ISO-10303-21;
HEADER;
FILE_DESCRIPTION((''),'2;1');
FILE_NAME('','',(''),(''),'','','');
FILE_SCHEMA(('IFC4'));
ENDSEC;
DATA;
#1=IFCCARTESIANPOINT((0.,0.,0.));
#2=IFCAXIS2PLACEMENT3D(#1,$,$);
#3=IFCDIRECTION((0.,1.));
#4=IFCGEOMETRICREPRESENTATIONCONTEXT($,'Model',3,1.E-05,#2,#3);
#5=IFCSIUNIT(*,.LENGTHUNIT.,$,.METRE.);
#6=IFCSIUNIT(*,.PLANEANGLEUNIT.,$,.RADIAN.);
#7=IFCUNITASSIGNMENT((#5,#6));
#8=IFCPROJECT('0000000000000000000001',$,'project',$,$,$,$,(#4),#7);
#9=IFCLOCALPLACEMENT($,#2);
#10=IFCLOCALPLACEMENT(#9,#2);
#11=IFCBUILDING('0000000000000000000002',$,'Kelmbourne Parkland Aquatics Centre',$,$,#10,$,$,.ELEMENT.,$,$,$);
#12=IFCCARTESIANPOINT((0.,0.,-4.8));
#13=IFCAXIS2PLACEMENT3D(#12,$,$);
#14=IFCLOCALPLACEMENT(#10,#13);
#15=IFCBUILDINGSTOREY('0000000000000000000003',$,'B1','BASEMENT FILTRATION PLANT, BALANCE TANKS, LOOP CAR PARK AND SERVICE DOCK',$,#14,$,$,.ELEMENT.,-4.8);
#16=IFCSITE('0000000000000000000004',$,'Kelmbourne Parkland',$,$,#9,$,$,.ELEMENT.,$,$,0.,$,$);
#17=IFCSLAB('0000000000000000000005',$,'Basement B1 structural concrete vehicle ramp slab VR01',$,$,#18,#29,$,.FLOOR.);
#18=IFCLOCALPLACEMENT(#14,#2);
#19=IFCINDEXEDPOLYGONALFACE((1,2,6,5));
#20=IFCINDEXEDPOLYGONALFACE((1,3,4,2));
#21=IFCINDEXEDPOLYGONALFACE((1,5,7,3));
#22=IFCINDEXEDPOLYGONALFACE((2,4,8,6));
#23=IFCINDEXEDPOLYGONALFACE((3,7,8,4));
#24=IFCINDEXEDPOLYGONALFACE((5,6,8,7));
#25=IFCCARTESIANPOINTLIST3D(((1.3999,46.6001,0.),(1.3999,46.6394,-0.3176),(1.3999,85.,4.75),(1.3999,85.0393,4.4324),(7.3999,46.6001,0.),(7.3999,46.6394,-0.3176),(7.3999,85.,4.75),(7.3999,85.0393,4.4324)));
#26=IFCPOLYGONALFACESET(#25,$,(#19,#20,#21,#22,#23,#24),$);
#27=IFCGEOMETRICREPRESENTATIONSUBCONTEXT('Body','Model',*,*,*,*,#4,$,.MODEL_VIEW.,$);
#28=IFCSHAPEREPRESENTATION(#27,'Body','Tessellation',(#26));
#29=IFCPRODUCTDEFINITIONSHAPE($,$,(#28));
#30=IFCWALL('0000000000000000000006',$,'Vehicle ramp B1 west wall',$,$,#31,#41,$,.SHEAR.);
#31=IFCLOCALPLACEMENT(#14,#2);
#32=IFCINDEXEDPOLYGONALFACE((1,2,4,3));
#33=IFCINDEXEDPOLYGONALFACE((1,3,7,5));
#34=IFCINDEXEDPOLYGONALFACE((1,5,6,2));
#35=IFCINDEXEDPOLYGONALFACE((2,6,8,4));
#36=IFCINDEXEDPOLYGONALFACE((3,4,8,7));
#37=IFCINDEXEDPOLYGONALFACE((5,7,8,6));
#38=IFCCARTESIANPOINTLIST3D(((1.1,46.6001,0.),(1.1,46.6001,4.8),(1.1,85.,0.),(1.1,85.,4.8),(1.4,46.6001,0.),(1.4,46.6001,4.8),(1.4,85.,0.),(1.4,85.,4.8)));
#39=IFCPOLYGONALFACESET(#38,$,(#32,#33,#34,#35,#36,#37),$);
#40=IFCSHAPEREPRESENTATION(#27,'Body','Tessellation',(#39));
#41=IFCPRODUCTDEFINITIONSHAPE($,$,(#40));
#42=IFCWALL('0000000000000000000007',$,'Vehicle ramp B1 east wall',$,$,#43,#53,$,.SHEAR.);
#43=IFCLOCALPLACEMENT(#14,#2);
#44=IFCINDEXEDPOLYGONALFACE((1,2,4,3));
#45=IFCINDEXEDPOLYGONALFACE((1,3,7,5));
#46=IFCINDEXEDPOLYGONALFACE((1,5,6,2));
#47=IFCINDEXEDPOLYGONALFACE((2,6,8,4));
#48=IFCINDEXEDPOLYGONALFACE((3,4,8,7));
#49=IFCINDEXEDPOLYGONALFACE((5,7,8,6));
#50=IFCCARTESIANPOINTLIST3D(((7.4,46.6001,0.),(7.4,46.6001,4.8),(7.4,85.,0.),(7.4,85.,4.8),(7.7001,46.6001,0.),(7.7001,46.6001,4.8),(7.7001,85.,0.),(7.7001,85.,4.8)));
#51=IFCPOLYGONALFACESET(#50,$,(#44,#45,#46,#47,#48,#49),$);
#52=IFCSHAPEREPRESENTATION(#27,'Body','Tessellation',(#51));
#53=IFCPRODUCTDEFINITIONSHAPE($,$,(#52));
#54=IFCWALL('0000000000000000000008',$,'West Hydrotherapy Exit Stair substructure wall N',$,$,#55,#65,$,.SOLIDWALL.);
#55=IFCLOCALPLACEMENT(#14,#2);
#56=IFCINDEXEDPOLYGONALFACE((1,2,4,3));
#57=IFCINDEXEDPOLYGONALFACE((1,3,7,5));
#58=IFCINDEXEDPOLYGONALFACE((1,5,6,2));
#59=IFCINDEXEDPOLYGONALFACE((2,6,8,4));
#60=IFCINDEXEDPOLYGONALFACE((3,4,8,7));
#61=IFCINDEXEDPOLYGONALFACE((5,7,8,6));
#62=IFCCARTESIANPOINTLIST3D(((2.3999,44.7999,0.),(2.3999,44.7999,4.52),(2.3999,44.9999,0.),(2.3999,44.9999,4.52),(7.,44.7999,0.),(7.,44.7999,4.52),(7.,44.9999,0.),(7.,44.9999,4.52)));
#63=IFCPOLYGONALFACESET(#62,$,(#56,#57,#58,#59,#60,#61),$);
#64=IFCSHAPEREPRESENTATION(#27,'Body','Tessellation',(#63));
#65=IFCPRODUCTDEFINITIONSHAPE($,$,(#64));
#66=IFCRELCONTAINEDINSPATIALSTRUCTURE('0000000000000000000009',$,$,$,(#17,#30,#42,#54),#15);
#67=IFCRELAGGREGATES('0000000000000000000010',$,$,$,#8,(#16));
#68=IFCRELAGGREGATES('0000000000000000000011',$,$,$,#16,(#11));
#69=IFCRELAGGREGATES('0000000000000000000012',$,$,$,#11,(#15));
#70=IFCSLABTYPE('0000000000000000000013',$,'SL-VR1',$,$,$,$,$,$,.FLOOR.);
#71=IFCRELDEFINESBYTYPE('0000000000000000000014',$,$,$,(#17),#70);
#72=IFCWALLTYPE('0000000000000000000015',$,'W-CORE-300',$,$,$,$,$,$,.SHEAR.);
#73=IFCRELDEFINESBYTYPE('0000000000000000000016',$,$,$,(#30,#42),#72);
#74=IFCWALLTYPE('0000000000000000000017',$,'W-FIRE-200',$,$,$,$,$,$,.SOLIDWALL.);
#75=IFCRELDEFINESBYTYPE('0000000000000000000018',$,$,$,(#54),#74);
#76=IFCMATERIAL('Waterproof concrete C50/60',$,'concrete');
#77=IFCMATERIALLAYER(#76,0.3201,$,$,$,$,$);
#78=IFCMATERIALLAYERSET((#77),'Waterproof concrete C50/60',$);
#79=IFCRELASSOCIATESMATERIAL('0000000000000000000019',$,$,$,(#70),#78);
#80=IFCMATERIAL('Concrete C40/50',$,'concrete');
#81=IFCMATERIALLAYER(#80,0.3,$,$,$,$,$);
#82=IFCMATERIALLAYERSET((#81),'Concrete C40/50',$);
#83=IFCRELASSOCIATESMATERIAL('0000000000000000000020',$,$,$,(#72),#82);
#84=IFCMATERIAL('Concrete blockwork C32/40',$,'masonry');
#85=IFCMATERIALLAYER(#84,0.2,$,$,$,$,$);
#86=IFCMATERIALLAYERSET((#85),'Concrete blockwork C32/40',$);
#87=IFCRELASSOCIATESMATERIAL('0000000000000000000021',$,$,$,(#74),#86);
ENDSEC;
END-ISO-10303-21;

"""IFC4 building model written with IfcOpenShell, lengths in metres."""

from ifc_helpers import new_model, si_unit, direction, frame, frame_2d, origin, place, context, subcontext, project, spatial, polyline, rectangle, outline, extrude, material, layer, layer_set, type_object, element, save


model = new_model("IFC4")

# Units and contexts
model_context = context("Model", 3, precision=1e-05, world=origin(), true_north=direction((0.0, 1.0)))
body_context = subcontext(model_context, "Body", "Model", "MODEL_VIEW")
ifc_project = project(units=[si_unit("LENGTHUNIT", "METRE"), si_unit("PLANEANGLEUNIT", "RADIAN")], contexts=[model_context])

# Site, building, storey
site_placement = place(None, origin())
site = spatial("IfcSite", under=ifc_project, at=site_placement, Name="Kelmbourne Parkland", CompositionType="ELEMENT", RefElevation=0.0)
building_placement = place(site_placement, origin())
building = spatial("IfcBuilding", under=site, at=building_placement, Name="Kelmbourne Parkland Aquatics Centre", CompositionType="ELEMENT")
storey_placement = place(building_placement, frame((0.0, 0.0, -4.8)))
storey = spatial("IfcBuildingStorey", under=building, at=storey_placement, Name="B1", Description="BASEMENT FILTRATION PLANT, BALANCE TANKS, LOOP CAR PARK AND SERVICE DOCK", CompositionType="ELEMENT", Elevation=-4.8)

# Shared definitions
ifc_material_1 = material(Name="Waterproof concrete C50/60", Category="concrete")

# Shared definitions
ifc_material_2 = material(Name="Concrete C40/50", Category="concrete")

# Slab
ifc_layer_1 = layer(ifc_material_1, 0.3201)
ifc_layer_set_1 = layer_set([ifc_layer_1], Name="Waterproof concrete C50/60")
slab_type = type_object("IfcSlabType", Name="SL-VR1", PredefinedType="FLOOR", material=ifc_layer_set_1)
slab_placement = place(storey_placement, frame((1.3999, 46.6001, 0.0), z_axis=(0.0, -0.122763, 0.992436), x_axis=(1.0, 0.0, 0.0)))
element("IfcSlab", 1, at=slab_placement, inside=storey, type_object=slab_type, Name="Basement B1 structural concrete vehicle ramp slab VR01", PredefinedType="FLOOR", context=body_context, shape_type="SweptSolid", body=[
    extrude(outline(polyline([(0.0, 0.0), (6.0, 0.0), (6.0, 38.6926), (0.0, 38.6926), (0.0, 0.0)])), origin(), (0.0, 0.0, -1.0), 0.3201),
])

# Walls
ifc_layer_2 = layer(ifc_material_2, 0.3)
ifc_layer_set_2 = layer_set([ifc_layer_2], Name="Concrete C40/50")
wall_type_1 = type_object("IfcWallType", Name="W-CORE-300", PredefinedType="SHEAR", material=ifc_layer_set_2)
for number, where, z_axis, x_axis, name in (
    (2, (1.25, 46.6001, 0.0), (0.0, 0.0, 1.0), (0.0, 1.0, 0.0), "Vehicle ramp B1 west wall"),
    (3, (7.55, 46.6001, 0.0), (0.0, 0.0, 1.0), (0.0, 1.0, 0.0), "Vehicle ramp B1 east wall"),
):
    element("IfcWall", number, at=place(storey_placement, frame(where, z_axis=z_axis, x_axis=x_axis)), inside=storey, type_object=wall_type_1, Name=name, PredefinedType="SHEAR", context=body_context, shape_type="SweptSolid", body=[
        extrude(rectangle(XDim=38.3999, YDim=0.3, at=frame_2d((19.2, 0.0))), origin(), (0.0, 0.0, 1.0), 4.8),
    ])
ifc_material_3 = material(Name="Concrete blockwork C32/40", Category="masonry")
ifc_layer_3 = layer(ifc_material_3, 0.2)
ifc_layer_set_3 = layer_set([ifc_layer_3], Name="Concrete blockwork C32/40")
wall_type_2 = type_object("IfcWallType", Name="W-FIRE-200", PredefinedType="SOLIDWALL", material=ifc_layer_set_3)
wall_placement = place(storey_placement, frame((2.3999, 44.8999, 0.0), z_axis=(0.0, 0.0, 1.0), x_axis=(1.0, 0.0, 0.0)))
element("IfcWall", 4, at=wall_placement, inside=storey, type_object=wall_type_2, Name="West Hydrotherapy Exit Stair substructure wall N", PredefinedType="SOLIDWALL", context=body_context, shape_type="SweptSolid", body=[
    extrude(rectangle(XDim=4.6001, YDim=0.2, at=frame_2d((2.3, 0.0))), origin(), (0.0, 0.0, 1.0), 4.52),
])

save(model, "model.ifc")
